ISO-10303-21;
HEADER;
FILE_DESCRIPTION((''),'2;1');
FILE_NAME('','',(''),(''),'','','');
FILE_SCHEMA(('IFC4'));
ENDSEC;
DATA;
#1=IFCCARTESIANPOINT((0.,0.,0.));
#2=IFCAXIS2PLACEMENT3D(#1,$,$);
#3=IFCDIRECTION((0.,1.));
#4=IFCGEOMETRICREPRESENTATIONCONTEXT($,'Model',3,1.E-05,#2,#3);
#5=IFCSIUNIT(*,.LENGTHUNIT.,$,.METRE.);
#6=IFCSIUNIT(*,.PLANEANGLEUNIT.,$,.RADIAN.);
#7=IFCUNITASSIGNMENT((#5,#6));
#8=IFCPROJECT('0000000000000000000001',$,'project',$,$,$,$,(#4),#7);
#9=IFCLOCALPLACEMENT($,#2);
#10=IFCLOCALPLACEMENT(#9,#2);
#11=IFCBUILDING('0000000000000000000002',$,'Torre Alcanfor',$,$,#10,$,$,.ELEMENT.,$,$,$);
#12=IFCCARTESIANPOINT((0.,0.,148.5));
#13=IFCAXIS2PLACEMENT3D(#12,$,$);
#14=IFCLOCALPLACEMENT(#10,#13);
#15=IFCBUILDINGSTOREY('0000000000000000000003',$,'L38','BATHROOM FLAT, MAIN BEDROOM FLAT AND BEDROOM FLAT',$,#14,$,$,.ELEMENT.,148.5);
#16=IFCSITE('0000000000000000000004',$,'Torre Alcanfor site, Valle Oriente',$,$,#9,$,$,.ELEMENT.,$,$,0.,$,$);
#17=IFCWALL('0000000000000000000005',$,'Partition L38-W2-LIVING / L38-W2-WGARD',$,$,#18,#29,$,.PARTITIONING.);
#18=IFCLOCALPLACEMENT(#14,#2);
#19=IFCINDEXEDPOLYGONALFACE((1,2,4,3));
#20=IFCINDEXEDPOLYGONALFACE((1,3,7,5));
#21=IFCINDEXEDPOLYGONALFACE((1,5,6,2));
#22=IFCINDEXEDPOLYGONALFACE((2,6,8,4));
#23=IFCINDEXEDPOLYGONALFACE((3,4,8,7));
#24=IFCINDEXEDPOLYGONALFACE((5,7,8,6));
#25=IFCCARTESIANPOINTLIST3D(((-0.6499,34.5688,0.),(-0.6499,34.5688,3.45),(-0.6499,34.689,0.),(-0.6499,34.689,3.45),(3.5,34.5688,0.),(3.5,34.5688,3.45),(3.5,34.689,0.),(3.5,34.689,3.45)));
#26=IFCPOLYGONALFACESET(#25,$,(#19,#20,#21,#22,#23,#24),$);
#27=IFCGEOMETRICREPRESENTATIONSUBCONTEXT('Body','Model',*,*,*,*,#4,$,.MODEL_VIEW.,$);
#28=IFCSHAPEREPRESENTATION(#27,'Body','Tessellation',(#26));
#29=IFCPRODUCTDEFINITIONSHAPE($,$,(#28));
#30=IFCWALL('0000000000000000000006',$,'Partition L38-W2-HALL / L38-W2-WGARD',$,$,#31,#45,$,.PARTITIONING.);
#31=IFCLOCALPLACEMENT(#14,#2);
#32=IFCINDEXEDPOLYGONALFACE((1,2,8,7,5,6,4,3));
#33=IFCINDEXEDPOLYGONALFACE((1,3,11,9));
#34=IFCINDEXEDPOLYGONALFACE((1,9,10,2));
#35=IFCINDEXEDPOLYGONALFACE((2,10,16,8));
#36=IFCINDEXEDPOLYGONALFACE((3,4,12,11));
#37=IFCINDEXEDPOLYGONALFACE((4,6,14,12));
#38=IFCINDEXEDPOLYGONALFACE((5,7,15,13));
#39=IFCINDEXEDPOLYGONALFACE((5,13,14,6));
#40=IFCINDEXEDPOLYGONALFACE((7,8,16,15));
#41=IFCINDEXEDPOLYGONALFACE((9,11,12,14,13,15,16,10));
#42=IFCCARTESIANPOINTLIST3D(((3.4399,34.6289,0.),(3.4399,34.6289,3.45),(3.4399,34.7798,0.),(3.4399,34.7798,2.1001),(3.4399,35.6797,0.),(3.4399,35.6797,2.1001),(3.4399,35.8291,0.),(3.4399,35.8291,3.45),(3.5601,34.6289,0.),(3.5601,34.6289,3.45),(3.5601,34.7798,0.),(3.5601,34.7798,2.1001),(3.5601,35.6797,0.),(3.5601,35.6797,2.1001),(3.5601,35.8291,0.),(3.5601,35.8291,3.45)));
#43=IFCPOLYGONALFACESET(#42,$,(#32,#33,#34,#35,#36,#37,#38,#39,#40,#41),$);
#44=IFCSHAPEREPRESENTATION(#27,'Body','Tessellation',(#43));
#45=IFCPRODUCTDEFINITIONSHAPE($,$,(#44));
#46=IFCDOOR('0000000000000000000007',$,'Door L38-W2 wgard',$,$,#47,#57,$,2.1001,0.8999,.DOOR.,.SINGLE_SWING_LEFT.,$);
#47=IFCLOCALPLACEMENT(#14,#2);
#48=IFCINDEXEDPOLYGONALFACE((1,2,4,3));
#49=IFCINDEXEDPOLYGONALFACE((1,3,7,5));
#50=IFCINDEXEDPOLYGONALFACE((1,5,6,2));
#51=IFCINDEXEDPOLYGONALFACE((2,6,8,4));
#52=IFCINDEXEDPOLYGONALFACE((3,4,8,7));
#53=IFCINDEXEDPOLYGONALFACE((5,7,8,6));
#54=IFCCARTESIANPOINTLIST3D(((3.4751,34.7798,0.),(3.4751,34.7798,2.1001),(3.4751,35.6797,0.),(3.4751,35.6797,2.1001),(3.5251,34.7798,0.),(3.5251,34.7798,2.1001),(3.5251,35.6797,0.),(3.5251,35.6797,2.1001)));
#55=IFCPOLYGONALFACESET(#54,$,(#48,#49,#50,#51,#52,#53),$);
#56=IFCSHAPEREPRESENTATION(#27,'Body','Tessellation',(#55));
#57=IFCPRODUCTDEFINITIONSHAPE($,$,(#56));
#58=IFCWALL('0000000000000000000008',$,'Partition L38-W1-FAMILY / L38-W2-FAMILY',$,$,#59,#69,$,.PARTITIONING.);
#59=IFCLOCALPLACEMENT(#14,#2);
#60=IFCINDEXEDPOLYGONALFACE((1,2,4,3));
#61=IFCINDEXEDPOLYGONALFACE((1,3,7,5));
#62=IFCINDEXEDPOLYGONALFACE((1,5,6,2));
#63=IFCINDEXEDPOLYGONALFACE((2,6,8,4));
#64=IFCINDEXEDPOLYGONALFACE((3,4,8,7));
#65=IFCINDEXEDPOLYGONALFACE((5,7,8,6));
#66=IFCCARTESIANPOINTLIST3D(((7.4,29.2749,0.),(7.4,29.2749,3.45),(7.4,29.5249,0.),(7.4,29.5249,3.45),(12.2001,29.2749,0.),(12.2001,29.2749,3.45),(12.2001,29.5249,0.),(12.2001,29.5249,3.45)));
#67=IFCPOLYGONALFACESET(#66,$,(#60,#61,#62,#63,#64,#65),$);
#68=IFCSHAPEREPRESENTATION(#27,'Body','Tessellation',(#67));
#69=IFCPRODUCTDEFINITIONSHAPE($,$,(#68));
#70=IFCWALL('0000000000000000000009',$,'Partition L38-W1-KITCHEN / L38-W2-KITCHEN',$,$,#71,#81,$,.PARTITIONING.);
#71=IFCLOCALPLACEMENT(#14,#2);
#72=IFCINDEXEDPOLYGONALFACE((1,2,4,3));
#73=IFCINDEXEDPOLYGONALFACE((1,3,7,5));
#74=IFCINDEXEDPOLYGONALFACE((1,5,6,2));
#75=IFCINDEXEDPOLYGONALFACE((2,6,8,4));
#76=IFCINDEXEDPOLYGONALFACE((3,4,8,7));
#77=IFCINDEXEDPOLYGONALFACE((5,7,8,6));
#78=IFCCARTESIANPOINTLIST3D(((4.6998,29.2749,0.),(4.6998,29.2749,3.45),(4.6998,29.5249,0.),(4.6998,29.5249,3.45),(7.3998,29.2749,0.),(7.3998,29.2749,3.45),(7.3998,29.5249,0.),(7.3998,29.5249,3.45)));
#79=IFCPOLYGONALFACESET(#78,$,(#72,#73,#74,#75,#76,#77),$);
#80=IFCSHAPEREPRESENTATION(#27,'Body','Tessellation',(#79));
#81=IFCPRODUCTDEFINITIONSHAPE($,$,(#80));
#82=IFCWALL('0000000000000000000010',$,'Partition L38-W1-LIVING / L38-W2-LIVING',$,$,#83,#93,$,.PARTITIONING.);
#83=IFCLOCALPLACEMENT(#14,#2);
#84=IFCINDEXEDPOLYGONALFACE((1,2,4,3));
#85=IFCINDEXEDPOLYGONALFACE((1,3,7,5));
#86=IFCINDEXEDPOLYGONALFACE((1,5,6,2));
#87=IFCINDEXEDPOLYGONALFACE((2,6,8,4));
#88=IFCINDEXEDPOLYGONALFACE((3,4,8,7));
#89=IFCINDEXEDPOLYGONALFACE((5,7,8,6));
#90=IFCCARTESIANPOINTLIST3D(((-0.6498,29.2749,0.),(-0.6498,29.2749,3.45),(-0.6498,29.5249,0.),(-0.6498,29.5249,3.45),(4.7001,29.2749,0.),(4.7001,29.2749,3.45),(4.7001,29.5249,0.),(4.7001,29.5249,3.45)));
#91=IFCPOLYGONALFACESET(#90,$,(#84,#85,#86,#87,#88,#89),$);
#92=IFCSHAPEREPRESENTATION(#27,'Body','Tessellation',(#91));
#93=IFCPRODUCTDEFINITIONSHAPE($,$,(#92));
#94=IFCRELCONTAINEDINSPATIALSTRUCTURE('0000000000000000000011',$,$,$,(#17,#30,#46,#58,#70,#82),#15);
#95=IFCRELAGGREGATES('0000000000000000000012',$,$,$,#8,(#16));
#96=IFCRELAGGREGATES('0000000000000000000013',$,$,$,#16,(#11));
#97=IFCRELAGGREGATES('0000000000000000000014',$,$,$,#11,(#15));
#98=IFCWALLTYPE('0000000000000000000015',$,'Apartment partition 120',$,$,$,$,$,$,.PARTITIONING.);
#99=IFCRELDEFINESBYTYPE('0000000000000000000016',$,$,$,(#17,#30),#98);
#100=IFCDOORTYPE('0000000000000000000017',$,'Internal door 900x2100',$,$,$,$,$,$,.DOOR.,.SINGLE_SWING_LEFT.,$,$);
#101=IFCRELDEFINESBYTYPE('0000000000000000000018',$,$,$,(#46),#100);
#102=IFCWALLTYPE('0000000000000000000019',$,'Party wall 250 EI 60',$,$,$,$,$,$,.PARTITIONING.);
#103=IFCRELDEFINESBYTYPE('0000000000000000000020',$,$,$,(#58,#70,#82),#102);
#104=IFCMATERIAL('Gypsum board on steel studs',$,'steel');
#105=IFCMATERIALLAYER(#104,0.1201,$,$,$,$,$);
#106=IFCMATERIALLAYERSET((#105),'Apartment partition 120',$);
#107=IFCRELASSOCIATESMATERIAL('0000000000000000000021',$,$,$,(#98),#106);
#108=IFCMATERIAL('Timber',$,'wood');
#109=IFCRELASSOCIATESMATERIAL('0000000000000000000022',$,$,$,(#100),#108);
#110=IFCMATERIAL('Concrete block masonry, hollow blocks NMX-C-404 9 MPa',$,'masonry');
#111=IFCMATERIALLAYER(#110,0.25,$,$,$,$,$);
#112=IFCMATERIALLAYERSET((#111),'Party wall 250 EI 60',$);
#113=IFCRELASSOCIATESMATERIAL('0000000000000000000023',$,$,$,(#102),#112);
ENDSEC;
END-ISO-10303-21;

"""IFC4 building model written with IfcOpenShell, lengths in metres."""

from ifc_helpers import new_model, si_unit, direction, frame, frame_2d, origin, place, context, subcontext, project, spatial, rectangle, extrude, material, layer, layer_set, type_object, element, fill, save


model = new_model("IFC4")

# Units and contexts
model_context = context("Model", 3, precision=1e-05, world=origin(), true_north=direction((0.0, 1.0)))
body_context = subcontext(model_context, "Body", "Model", "MODEL_VIEW")
ifc_project = project(units=[si_unit("LENGTHUNIT", "METRE"), si_unit("PLANEANGLEUNIT", "RADIAN")], contexts=[model_context])

# Site, building, storey
site_placement = place(None, origin())
site = spatial("IfcSite", under=ifc_project, at=site_placement, Name="Torre Alcanfor site, Valle Oriente", CompositionType="ELEMENT", RefElevation=0.0)
building_placement = place(site_placement, origin())
building = spatial("IfcBuilding", under=site, at=building_placement, Name="Torre Alcanfor", CompositionType="ELEMENT")
storey_placement = place(building_placement, frame((0.0, 0.0, 148.5)))
storey = spatial("IfcBuildingStorey", under=building, at=storey_placement, Name="L38", Description="BATHROOM FLAT, MAIN BEDROOM FLAT AND BEDROOM FLAT", CompositionType="ELEMENT", Elevation=148.5)

# Shared definitions
ifc_material_1 = material(Name="Gypsum board on steel studs", Category="steel")
ifc_layer_1 = layer(ifc_material_1, 0.1201)
ifc_layer_set_1 = layer_set([ifc_layer_1], Name="Apartment partition 120")
wall_type_1 = type_object("IfcWallType", Name="Apartment partition 120", PredefinedType="PARTITIONING", material=ifc_layer_set_1)

# Shared definitions
ifc_material_2 = material(Name="Timber", Category="wood")
door_type_1 = type_object("IfcDoorType", Name="Internal door 900x2100", OperationType="SINGLE_SWING_LEFT", PredefinedType="DOOR", material=ifc_material_2)

# Wall
wall_1_placement = place(storey_placement, frame((-0.6499, 34.6289, 0.0), z_axis=(0.0, 0.0, 1.0), x_axis=(1.0, 0.0, 0.0)))
element("IfcWall", 1, at=wall_1_placement, inside=storey, type_object=wall_type_1, Name="Partition L38-W2-LIVING / L38-W2-WGARD", PredefinedType="PARTITIONING", context=body_context, shape_type="SweptSolid", body=[
    extrude(rectangle(XDim=4.1499, YDim=0.1201, at=frame_2d((2.075, 0.0))), origin(), (0.0, 0.0, 1.0), 3.45),
])

# Wall, opening, door
wall_2_placement = place(storey_placement, frame((3.5, 34.6289, 0.0), z_axis=(0.0, 0.0, 1.0), x_axis=(0.0, 1.0, 0.0)))
wall_2 = element("IfcWall", 2, at=wall_2_placement, inside=storey, type_object=wall_type_1, Name="Partition L38-W2-HALL / L38-W2-WGARD", PredefinedType="PARTITIONING", context=body_context, shape_type="SweptSolid", body=[
    extrude(rectangle(XDim=1.2002, YDim=0.1201, at=frame_2d((0.6001, 0.0))), origin(), (0.0, 0.0, 1.0), 3.45),
])
opening_1_placement = place(wall_2_placement, frame((0.1509, 0.0, 0.0)))
opening_1 = element("IfcOpeningElement", 3, at=opening_1_placement, cuts=wall_2, PredefinedType="OPENING", context=body_context, shape_type="SweptSolid", body=[
    extrude(rectangle(XDim=0.8999, YDim=2.1001, at=frame_2d((0.45, 1.05))), frame((0.0, 0.0701, 0.0), z_axis=(0.0, -1.0, 0.0), x_axis=(1.0, 0.0, 0.0)), (0.0, 0.0, 1.0), 0.1401),
])
door_1_placement = place(opening_1_placement, origin())
door_1 = element("IfcDoor", 4, at=door_1_placement, inside=storey, type_object=door_type_1, Name="Door L38-W2 wgard", OperationType="SINGLE_SWING_LEFT", OverallHeight=2.1001, OverallWidth=0.8999, PredefinedType="DOOR", context=body_context, shape_type="SweptSolid", body=[
    extrude(rectangle(XDim=0.8999, YDim=2.1001, at=frame_2d((0.45, 1.05))), frame((0.0, 0.0249, 0.0), z_axis=(0.0, -1.0, 0.0), x_axis=(1.0, 0.0, 0.0)), (0.0, 0.0, 1.0), 0.05),
])
fill(opening_1, door_1)

# Walls
ifc_material_3 = material(Name="Concrete block masonry, hollow blocks NMX-C-404 9 MPa", Category="masonry")
ifc_layer_2 = layer(ifc_material_3, 0.25)
ifc_layer_set_2 = layer_set([ifc_layer_2], Name="Party wall 250 EI 60")
wall_type_2 = type_object("IfcWallType", Name="Party wall 250 EI 60", PredefinedType="PARTITIONING", material=ifc_layer_set_2)
wall_3_placement = place(storey_placement, frame((12.2, 29.3999, 0.0), z_axis=(0.0, 0.0, 1.0), x_axis=(-1.0, 0.0, 0.0)))
element("IfcWall", 5, at=wall_3_placement, inside=storey, type_object=wall_type_2, Name="Partition L38-W1-FAMILY / L38-W2-FAMILY", PredefinedType="PARTITIONING", context=body_context, shape_type="SweptSolid", body=[
    extrude(rectangle(XDim=4.8, YDim=0.25, at=frame_2d((2.3999, 0.0))), origin(), (0.0, 0.0, 1.0), 3.45),
])
wall_4_placement = place(storey_placement, frame((7.3999, 29.3999, 0.0), z_axis=(0.0, 0.0, 1.0), x_axis=(-1.0, 0.0, 0.0)))
element("IfcWall", 6, at=wall_4_placement, inside=storey, type_object=wall_type_2, Name="Partition L38-W1-KITCHEN / L38-W2-KITCHEN", PredefinedType="PARTITIONING", context=body_context, shape_type="SweptSolid", body=[
    extrude(rectangle(XDim=2.7, YDim=0.25, at=frame_2d((1.3501, 0.0))), origin(), (0.0, 0.0, 1.0), 3.45),
])
wall_5_placement = place(storey_placement, frame((4.7, 29.3999, 0.0), z_axis=(0.0, 0.0, 1.0), x_axis=(-1.0, 0.0, 0.0)))
element("IfcWall", 7, at=wall_5_placement, inside=storey, type_object=wall_type_2, Name="Partition L38-W1-LIVING / L38-W2-LIVING", PredefinedType="PARTITIONING", context=body_context, shape_type="SweptSolid", body=[
    extrude(rectangle(XDim=5.3499, YDim=0.25, at=frame_2d((2.6748, 0.0))), origin(), (0.0, 0.0, 1.0), 3.45),
])

save(model, "model.ifc")
